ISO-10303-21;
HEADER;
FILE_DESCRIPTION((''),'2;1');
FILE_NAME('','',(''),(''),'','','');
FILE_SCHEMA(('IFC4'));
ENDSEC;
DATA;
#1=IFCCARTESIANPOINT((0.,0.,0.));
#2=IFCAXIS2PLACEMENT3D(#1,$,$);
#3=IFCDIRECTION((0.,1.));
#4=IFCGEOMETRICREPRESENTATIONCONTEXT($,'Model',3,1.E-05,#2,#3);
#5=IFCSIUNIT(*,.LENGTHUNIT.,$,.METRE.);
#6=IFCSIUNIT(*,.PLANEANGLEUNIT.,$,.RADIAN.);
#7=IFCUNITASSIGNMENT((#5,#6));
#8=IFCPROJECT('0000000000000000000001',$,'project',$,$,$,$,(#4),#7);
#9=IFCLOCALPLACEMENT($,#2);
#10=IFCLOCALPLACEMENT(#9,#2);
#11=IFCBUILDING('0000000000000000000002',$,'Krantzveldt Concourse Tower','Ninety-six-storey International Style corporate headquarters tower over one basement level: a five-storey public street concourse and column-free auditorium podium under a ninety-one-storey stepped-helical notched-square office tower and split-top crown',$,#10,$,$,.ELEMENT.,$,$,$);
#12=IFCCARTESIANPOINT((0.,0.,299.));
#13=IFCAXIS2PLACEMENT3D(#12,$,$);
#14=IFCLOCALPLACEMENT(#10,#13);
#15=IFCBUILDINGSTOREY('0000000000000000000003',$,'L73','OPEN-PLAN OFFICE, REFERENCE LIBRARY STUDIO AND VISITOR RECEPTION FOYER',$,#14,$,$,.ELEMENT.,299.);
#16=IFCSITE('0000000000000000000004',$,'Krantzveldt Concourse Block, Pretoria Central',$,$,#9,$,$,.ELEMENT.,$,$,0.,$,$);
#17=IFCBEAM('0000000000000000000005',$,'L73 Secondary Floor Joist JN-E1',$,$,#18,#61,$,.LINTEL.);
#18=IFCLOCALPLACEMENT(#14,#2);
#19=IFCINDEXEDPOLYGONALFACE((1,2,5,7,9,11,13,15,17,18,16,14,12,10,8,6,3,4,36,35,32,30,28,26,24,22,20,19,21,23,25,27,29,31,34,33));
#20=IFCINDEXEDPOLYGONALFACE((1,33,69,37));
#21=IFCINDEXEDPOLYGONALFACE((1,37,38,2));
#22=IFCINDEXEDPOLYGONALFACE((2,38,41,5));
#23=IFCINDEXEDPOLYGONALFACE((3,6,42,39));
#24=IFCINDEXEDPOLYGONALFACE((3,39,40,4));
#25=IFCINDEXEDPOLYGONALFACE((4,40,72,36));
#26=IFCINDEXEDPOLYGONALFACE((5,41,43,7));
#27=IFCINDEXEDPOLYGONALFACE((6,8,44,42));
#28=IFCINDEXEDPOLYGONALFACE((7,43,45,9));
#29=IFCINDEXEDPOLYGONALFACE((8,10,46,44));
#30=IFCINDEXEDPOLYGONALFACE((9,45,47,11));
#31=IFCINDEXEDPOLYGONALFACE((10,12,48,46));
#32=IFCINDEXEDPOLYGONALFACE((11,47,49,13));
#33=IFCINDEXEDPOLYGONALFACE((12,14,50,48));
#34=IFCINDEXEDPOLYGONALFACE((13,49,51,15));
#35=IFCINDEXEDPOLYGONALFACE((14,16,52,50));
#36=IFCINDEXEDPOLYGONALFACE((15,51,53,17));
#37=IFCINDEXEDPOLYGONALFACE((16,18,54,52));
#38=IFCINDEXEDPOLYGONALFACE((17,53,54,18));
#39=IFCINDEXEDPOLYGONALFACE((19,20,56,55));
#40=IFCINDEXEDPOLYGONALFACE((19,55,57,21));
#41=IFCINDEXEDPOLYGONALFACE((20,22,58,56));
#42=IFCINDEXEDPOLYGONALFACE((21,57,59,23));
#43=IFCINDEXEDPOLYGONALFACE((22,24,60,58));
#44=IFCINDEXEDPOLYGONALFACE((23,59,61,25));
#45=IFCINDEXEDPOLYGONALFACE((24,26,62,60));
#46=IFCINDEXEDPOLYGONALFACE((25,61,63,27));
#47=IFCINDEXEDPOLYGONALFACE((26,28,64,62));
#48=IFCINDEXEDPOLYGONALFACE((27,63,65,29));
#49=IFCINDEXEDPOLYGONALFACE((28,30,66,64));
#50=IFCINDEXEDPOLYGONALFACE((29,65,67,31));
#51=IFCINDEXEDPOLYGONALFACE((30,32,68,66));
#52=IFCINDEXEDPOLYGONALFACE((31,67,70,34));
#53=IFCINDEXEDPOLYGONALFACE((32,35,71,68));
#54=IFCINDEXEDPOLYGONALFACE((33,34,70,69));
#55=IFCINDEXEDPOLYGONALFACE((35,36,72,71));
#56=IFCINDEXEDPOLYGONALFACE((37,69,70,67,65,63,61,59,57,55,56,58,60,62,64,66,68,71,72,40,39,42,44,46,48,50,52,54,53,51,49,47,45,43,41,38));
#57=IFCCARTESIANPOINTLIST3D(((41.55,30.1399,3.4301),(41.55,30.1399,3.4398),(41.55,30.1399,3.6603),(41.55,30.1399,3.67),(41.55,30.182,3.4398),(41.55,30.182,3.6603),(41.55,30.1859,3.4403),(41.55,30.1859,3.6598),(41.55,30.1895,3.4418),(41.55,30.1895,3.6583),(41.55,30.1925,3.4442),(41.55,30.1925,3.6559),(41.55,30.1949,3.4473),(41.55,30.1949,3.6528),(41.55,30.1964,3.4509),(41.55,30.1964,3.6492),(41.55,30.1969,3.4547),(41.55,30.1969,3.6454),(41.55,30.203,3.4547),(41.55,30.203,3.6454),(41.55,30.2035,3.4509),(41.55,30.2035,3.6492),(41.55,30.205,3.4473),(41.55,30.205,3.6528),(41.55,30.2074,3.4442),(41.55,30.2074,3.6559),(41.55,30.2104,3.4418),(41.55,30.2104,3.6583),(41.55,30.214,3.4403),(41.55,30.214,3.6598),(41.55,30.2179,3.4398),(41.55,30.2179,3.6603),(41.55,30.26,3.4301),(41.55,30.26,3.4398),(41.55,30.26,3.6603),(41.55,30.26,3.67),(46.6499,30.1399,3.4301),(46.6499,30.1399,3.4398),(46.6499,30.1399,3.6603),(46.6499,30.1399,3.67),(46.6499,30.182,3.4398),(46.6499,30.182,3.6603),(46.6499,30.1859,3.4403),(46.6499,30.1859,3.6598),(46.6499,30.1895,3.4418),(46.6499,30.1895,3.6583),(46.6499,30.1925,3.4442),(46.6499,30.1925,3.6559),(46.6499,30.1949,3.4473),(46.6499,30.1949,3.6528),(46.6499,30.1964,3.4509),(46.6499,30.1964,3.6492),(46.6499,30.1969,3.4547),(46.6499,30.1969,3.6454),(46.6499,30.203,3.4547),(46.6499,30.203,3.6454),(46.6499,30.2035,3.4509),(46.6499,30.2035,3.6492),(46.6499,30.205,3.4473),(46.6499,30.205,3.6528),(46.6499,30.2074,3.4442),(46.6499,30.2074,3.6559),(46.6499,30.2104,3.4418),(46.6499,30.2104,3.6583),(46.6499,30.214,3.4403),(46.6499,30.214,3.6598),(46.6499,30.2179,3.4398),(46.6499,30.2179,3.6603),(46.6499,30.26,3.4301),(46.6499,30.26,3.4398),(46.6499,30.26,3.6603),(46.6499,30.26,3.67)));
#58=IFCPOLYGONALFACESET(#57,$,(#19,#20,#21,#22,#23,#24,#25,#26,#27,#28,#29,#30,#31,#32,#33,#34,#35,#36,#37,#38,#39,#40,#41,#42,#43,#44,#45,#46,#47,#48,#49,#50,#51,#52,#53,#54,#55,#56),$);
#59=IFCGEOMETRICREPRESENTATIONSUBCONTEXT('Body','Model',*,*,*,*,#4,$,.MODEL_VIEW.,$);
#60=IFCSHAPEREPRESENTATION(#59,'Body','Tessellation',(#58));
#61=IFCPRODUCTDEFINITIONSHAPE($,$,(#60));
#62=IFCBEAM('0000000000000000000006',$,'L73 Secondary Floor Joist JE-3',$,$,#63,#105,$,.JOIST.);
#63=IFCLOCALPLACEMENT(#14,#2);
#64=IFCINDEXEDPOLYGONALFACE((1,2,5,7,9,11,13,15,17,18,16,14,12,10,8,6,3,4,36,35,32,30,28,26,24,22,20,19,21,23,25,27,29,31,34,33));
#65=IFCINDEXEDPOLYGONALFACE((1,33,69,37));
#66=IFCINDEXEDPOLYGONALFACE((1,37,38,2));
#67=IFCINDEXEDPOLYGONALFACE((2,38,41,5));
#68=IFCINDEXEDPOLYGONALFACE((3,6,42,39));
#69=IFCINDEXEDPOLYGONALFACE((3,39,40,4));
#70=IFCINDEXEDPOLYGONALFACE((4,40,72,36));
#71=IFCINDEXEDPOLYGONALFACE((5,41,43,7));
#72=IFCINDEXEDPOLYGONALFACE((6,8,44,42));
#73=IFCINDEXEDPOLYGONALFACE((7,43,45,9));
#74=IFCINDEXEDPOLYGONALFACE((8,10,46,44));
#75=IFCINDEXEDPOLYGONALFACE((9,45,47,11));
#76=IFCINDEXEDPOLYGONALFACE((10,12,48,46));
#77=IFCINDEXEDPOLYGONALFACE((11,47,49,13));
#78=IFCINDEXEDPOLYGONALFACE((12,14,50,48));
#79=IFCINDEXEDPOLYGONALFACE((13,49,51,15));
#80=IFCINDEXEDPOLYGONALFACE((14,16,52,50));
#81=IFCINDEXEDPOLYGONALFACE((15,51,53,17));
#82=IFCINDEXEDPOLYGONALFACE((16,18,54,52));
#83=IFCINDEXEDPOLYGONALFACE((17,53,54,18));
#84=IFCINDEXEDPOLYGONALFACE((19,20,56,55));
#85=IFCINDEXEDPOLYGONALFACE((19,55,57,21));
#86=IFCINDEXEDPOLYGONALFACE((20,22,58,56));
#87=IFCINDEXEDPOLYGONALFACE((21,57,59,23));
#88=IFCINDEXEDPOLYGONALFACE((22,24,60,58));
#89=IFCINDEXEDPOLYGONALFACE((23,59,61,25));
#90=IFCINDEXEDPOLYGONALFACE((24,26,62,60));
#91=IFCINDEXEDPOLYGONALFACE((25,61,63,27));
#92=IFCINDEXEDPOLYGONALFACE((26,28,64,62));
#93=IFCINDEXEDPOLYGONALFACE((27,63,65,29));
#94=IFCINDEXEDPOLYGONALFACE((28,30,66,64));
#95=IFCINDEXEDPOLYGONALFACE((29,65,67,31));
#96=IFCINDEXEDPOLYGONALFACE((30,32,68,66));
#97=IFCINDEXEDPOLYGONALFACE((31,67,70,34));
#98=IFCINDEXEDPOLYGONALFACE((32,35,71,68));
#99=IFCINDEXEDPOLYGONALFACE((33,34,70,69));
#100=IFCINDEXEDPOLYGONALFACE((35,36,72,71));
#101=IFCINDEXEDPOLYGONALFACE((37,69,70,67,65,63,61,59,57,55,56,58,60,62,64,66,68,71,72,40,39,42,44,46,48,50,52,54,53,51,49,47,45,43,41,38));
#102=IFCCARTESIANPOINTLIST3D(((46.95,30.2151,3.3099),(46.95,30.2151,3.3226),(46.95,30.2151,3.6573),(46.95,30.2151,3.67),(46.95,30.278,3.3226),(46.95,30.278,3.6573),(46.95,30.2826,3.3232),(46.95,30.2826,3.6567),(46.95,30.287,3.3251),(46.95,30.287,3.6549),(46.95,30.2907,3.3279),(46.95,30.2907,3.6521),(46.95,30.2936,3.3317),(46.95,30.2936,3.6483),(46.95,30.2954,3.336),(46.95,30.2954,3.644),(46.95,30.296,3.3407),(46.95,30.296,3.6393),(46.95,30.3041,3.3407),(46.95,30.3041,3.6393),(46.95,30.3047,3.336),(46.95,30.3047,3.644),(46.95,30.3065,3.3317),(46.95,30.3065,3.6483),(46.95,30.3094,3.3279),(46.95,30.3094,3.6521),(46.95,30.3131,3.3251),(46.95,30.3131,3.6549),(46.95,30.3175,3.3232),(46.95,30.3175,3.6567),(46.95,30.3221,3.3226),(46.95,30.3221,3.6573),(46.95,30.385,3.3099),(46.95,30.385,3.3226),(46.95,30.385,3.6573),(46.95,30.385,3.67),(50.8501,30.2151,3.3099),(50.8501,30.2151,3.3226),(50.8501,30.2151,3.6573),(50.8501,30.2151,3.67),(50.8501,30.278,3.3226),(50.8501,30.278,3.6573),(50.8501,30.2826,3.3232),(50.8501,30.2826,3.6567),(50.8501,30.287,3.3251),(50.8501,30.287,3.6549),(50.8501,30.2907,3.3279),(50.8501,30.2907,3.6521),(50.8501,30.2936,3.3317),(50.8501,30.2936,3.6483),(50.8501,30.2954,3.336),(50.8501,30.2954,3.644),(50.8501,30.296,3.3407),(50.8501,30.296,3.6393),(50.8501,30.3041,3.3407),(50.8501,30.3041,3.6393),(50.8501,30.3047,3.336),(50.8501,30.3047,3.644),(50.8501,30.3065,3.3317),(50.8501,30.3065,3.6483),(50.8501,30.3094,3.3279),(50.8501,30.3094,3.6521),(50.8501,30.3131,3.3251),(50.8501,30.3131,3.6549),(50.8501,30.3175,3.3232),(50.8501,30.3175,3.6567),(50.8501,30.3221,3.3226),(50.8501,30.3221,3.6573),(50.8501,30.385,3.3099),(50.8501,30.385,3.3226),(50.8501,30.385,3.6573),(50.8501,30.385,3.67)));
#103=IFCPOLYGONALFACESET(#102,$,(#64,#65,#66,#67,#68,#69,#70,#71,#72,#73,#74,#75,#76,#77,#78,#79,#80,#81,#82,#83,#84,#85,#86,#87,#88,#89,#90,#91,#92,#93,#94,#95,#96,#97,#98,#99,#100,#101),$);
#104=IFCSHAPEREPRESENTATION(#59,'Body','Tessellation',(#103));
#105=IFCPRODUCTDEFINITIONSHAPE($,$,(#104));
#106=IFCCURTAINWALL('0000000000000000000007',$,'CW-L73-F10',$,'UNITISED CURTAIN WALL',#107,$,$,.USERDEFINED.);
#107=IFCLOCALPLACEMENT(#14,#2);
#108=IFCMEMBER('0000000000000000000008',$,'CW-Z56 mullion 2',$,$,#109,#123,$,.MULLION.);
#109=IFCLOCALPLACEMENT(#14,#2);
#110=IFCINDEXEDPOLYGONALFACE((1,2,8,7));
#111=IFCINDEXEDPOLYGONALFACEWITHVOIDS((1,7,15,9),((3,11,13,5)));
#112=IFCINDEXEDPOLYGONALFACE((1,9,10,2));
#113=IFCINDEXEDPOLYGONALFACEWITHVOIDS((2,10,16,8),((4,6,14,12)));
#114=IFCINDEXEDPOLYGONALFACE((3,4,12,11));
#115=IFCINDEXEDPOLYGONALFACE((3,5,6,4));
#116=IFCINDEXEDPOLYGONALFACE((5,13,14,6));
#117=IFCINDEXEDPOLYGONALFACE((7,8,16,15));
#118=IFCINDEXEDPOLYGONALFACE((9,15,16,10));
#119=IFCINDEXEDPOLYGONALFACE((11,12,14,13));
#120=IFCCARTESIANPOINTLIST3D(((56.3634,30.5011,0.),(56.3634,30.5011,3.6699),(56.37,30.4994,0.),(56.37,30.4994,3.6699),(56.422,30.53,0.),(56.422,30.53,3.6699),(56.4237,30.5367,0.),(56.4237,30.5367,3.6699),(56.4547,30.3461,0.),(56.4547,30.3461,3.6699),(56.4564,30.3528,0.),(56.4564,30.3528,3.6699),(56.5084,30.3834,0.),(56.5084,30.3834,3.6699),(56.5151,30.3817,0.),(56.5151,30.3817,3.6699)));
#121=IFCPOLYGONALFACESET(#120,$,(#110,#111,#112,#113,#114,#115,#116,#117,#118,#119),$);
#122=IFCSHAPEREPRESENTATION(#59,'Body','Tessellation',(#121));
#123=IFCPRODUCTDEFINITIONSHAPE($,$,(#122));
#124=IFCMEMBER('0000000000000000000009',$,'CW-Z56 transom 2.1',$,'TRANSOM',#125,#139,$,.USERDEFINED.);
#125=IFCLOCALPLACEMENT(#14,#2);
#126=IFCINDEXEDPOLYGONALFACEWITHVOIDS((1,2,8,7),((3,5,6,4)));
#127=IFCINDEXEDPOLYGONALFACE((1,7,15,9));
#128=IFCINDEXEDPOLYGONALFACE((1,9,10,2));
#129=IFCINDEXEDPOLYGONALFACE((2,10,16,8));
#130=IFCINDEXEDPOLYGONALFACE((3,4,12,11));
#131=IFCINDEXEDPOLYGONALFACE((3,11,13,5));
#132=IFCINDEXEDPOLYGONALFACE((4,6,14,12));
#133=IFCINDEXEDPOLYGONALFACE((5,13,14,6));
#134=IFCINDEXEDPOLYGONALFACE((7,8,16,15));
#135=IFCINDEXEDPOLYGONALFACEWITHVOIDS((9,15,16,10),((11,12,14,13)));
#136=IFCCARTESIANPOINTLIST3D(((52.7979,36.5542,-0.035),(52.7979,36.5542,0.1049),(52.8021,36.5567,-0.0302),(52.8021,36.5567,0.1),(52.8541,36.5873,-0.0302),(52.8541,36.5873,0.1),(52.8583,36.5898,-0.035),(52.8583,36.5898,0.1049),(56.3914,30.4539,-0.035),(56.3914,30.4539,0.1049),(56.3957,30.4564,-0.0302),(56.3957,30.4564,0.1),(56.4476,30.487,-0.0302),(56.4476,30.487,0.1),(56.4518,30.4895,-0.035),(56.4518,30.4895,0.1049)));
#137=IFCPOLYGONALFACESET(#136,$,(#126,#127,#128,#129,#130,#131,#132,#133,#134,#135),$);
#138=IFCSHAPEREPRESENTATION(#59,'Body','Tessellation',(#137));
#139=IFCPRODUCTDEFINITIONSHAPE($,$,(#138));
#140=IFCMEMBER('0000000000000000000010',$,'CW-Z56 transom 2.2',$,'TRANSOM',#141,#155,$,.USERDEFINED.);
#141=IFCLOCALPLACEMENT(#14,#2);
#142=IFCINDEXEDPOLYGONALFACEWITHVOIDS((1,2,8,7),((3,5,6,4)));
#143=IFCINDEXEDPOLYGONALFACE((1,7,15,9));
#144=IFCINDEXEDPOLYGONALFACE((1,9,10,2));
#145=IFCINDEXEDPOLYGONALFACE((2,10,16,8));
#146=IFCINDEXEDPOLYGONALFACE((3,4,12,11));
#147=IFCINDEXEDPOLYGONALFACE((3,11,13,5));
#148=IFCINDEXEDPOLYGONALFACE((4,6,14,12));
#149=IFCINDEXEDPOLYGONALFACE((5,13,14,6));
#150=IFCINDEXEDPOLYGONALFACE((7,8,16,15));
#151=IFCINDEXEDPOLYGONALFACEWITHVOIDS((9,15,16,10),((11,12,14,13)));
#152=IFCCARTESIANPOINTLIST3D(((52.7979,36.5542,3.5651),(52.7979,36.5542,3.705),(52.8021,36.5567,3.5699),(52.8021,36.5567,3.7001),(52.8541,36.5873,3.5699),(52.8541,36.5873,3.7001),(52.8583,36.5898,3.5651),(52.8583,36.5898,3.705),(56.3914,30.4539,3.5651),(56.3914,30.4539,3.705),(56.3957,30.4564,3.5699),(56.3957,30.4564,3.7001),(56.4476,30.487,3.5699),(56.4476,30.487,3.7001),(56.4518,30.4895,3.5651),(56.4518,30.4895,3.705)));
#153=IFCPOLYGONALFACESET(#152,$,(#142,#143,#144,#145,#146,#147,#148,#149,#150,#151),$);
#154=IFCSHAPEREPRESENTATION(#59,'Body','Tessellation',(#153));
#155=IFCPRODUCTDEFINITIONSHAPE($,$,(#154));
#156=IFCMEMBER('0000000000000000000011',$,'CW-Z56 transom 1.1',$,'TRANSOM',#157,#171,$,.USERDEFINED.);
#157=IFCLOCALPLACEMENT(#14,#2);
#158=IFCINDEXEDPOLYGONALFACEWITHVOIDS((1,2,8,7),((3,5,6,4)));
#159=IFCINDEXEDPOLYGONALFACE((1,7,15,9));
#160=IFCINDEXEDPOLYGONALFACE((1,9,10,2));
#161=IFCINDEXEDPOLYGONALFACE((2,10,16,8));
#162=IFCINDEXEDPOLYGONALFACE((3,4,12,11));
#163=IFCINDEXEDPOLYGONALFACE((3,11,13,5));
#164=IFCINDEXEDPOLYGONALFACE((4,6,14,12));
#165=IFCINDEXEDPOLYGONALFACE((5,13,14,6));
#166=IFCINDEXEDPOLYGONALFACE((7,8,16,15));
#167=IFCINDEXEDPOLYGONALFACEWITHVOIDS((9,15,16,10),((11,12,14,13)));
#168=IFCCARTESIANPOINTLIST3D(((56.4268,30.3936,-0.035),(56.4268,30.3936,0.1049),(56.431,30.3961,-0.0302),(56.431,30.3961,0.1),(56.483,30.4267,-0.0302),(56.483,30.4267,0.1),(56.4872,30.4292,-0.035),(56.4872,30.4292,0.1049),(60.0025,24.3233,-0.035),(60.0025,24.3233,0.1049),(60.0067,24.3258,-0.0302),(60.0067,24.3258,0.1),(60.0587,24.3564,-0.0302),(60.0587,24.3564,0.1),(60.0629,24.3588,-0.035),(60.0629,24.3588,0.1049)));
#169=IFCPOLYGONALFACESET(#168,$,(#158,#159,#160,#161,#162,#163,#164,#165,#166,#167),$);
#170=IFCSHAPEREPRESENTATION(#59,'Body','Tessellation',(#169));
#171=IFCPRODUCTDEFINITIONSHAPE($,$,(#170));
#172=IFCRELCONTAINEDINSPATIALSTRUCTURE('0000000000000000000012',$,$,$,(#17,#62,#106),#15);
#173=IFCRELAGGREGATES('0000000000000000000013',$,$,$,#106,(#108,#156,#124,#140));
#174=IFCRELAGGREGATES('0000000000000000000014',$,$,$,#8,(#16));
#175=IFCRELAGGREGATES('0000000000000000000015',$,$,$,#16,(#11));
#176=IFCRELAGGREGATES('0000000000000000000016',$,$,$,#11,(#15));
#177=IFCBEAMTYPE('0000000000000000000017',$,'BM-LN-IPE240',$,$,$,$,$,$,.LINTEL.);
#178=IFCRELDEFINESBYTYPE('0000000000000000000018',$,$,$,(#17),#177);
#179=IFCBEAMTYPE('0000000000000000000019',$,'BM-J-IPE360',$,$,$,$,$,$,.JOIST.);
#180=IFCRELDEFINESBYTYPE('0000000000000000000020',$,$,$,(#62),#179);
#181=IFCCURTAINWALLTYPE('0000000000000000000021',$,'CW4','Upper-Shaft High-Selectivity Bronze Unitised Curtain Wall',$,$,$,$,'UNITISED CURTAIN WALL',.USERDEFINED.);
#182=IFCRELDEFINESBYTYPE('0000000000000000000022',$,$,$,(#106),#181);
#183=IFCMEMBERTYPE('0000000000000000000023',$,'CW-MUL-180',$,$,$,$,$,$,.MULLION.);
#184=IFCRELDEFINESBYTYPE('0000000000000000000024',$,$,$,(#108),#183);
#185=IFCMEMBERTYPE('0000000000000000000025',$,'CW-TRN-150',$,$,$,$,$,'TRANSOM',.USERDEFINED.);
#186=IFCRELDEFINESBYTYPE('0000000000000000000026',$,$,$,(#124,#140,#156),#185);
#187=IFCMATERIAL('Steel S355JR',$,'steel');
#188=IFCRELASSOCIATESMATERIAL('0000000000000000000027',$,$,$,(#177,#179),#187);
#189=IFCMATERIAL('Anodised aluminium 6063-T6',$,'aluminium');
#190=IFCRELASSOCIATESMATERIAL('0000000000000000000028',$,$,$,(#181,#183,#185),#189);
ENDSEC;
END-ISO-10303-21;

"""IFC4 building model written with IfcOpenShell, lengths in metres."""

from ifc_helpers import new_model, si_unit, direction, frame, origin, origin_2d, place, context, subcontext, project, spatial, hollow_rectangle, i_section, extrude, source, transform, mapped, material, material_profile, profile_set, type_object, type_shapes, element, aggregate, save


model = new_model("IFC4")

# Units and contexts
model_context = context("Model", 3, precision=1e-05, world=origin(), true_north=direction((0.0, 1.0)))
body_context = subcontext(model_context, "Body", "Model", "MODEL_VIEW")
ifc_project = project(units=[si_unit("LENGTHUNIT", "METRE"), si_unit("PLANEANGLEUNIT", "RADIAN")], contexts=[model_context])

# Site, building, storey
site_placement = place(None, origin())
site = spatial("IfcSite", under=ifc_project, at=site_placement, Name="Krantzveldt Concourse Block, Pretoria Central", CompositionType="ELEMENT", RefElevation=0.0)
building_placement = place(site_placement, origin())
building = spatial("IfcBuilding", under=site, at=building_placement, Name="Krantzveldt Concourse Tower", Description="Ninety-six-storey International Style corporate headquarters tower over one basement level: a five-storey public street concourse and column-free auditorium podium under a ninety-one-storey stepped-helical notched-square office tower and split-top crown", CompositionType="ELEMENT")
storey_placement = place(building_placement, frame((0.0, 0.0, 299.0)))
storey = spatial("IfcBuildingStorey", under=building, at=storey_placement, Name="L73", Description="OPEN-PLAN OFFICE, REFERENCE LIBRARY STUDIO AND VISITOR RECEPTION FOYER", CompositionType="ELEMENT", Elevation=299.0)

# Beams
ifc_material_1 = material(Name="Steel S355JR", Category="steel")
ifc_material_profile_1 = material_profile(ifc_material_1, i_section(OverallWidth=0.1201, OverallDepth=0.24, WebThickness=0.0061, FlangeThickness=0.0098, FilletRadius=0.0149, at=origin_2d()), Name="Steel S355JR", Category="steel")
ifc_profile_set_1 = profile_set([ifc_material_profile_1], Name="Steel S355JR - IPE 240")
beam_type_1 = type_object("IfcBeamType", Name="BM-LN-IPE240", PredefinedType="LINTEL", material=ifc_profile_set_1)
shared_shape_1 = source(origin(), body_context, "Body", "SweptSolid", [
    extrude(i_section(OverallWidth=0.1201, OverallDepth=0.24, WebThickness=0.0061, FlangeThickness=0.0098, FilletRadius=0.0149, at=origin_2d()), origin(), (0.0, 0.0, 1.0), 5.0999),
])
type_shapes(beam_type_1, [shared_shape_1])
beam_1_placement = place(storey_placement, frame((41.55, 30.2, 3.55), z_axis=(1.0, 0.0, 0.0), x_axis=(0.0, 1.0, 0.0)))
element("IfcBeam", 1, at=beam_1_placement, inside=storey, type_object=beam_type_1, Name="L73 Secondary Floor Joist JN-E1", PredefinedType="LINTEL", context=body_context, shape_type="MappedRepresentation", body=[
    mapped(shared_shape_1, transform((0.0, 0.0, 0.0), x_axis=(1.0, 0.0, 0.0), y_axis=(0.0, 1.0, 0.0), z_axis=(0.0, 0.0, 1.0), scale=1.0)),
])
ifc_material_profile_2 = material_profile(ifc_material_1, i_section(OverallWidth=0.1699, OverallDepth=0.3601, WebThickness=0.0081, FlangeThickness=0.0127, FilletRadius=0.0181, at=origin_2d()), Name="Steel S355JR", Category="steel")
ifc_profile_set_2 = profile_set([ifc_material_profile_2], Name="Steel S355JR - IPE 360")
beam_type_2 = type_object("IfcBeamType", Name="BM-J-IPE360", PredefinedType="JOIST", material=ifc_profile_set_2)
shared_shape_2 = source(origin(), body_context, "Body", "SweptSolid", [
    extrude(i_section(OverallWidth=0.1699, OverallDepth=0.3601, WebThickness=0.0081, FlangeThickness=0.0127, FilletRadius=0.0181, at=origin_2d()), origin(), (0.0, 0.0, 1.0), 3.9001),
])
type_shapes(beam_type_2, [shared_shape_2])
beam_2_placement = place(storey_placement, frame((46.95, 30.3, 3.49), z_axis=(1.0, 0.0, 0.0), x_axis=(0.0, 1.0, 0.0)))
element("IfcBeam", 2, at=beam_2_placement, inside=storey, type_object=beam_type_2, Name="L73 Secondary Floor Joist JE-3", PredefinedType="JOIST", context=body_context, shape_type="MappedRepresentation", body=[
    mapped(shared_shape_2, transform((0.0, 0.0, 0.0), x_axis=(1.0, 0.0, 0.0), y_axis=(0.0, 1.0, 0.0), z_axis=(0.0, 0.0, 1.0), scale=1.0)),
])

# Curtain wall, members
ifc_material_2 = material(Name="Anodised aluminium 6063-T6", Category="aluminium")
curtain_wall_type = type_object("IfcCurtainWallType", Name="CW4", Description="Upper-Shaft High-Selectivity Bronze Unitised Curtain Wall", ElementType="UNITISED CURTAIN WALL", PredefinedType="USERDEFINED", material=ifc_material_2)
curtain_wall_placement = place(storey_placement, origin())
curtain_wall = element("IfcCurtainWall", 3, at=curtain_wall_placement, inside=storey, type_object=curtain_wall_type, Name="CW-L73-F10", ObjectType="UNITISED CURTAIN WALL", PredefinedType="USERDEFINED")
ifc_material_profile_3 = material_profile(ifc_material_2, hollow_rectangle(XDim=0.0701, YDim=0.1799, WallThickness=0.0049, at=origin_2d()), Name="Anodised aluminium 6063-T6", Category="aluminium")
ifc_profile_set_3 = profile_set([ifc_material_profile_3], Name="Anodised aluminium 6063-T6 - ALU-MULL 180x70x5")
member_type_1 = type_object("IfcMemberType", Name="CW-MUL-180", PredefinedType="MULLION", material=ifc_profile_set_3)
shared_shape_3 = source(origin(), body_context, "Body", "SweptSolid", [
    extrude(hollow_rectangle(XDim=0.0701, YDim=0.1799, WallThickness=0.0049, at=origin_2d()), origin(), (0.0, 0.0, 1.0), 3.6699),
])
type_shapes(member_type_1, [shared_shape_3])
member_1_placement = place(storey_placement, frame((56.4392, 30.4414, 0.0), z_axis=(0.0, 0.0, 1.0), x_axis=(-0.861629, -0.507538, 0.0)))
member_1 = element("IfcMember", 4, at=member_1_placement, type_object=member_type_1, Name="CW-Z56 mullion 2", PredefinedType="MULLION", context=body_context, shape_type="MappedRepresentation", body=[
    mapped(shared_shape_3, transform((0.0, 0.0, 0.0), x_axis=(1.0, 0.0, 0.0), y_axis=(0.0, 1.0, 0.0), z_axis=(0.0, 0.0, 1.0), scale=1.0)),
])
ifc_material_profile_4 = material_profile(ifc_material_2, hollow_rectangle(XDim=0.0701, YDim=0.1399, WallThickness=0.0049, at=origin_2d()), Name="Anodised aluminium 6063-T6", Category="aluminium")
ifc_profile_set_4 = profile_set([ifc_material_profile_4], Name="Anodised aluminium 6063-T6 - ALU-TRAN 140x70x5")
member_type_2 = type_object("IfcMemberType", Name="CW-TRN-150", ElementType="TRANSOM", PredefinedType="USERDEFINED", material=ifc_profile_set_4)
shared_shape_4 = source(origin(), body_context, "Body", "SweptSolid", [
    extrude(hollow_rectangle(XDim=0.0701, YDim=0.1399, WallThickness=0.0049, at=origin_2d()), origin(), (0.0, 0.0, 1.0), 7.0801),
])
member_2_placement = place(storey_placement, frame((56.4216, 30.4717, 0.0349), z_axis=(-0.507552, 0.861621, 0.0), x_axis=(-0.861621, -0.507552, 0.0)))
member_2 = element("IfcMember", 5, at=member_2_placement, type_object=member_type_2, Name="CW-Z56 transom 2.1", ObjectType="TRANSOM", PredefinedType="USERDEFINED", context=body_context, shape_type="MappedRepresentation", body=[
    mapped(shared_shape_4, transform((0.0, 0.0, 0.0), x_axis=(1.0, 0.0, 0.0), y_axis=(0.0, 1.0, 0.0), z_axis=(0.0, 0.0, 1.0), scale=1.0)),
])
member_3_placement = place(storey_placement, frame((56.4216, 30.4717, 3.635), z_axis=(-0.507552, 0.861621, 0.0), x_axis=(-0.861621, -0.507552, 0.0)))
member_3 = element("IfcMember", 6, at=member_3_placement, type_object=member_type_2, Name="CW-Z56 transom 2.2", ObjectType="TRANSOM", PredefinedType="USERDEFINED", context=body_context, shape_type="MappedRepresentation", body=[
    mapped(shared_shape_4, transform((0.0, 0.0, 0.0), x_axis=(1.0, 0.0, 0.0), y_axis=(0.0, 1.0, 0.0), z_axis=(0.0, 0.0, 1.0), scale=1.0)),
])
shared_shape_5 = source(origin(), body_context, "Body", "SweptSolid", [
    extrude(hollow_rectangle(XDim=0.0701, YDim=0.1399, WallThickness=0.0049, at=origin_2d()), origin(), (0.0, 0.0, 1.0), 7.0452),
])
type_shapes(member_type_2, [shared_shape_4, shared_shape_5])
member_4_placement = place(storey_placement, frame((60.0327, 24.3411, 0.0349), z_axis=(-0.507538, 0.861629, 0.0), x_axis=(-0.861629, -0.507538, 0.0)))
member_4 = element("IfcMember", 7, at=member_4_placement, type_object=member_type_2, Name="CW-Z56 transom 1.1", ObjectType="TRANSOM", PredefinedType="USERDEFINED", context=body_context, shape_type="MappedRepresentation", body=[
    mapped(shared_shape_5, transform((0.0, 0.0, 0.0), x_axis=(1.0, 0.0, 0.0), y_axis=(0.0, 1.0, 0.0), z_axis=(0.0, 0.0, 1.0), scale=1.0)),
])
aggregate(curtain_wall, [member_1, member_4, member_2, member_3])

save(model, "model.ifc")
